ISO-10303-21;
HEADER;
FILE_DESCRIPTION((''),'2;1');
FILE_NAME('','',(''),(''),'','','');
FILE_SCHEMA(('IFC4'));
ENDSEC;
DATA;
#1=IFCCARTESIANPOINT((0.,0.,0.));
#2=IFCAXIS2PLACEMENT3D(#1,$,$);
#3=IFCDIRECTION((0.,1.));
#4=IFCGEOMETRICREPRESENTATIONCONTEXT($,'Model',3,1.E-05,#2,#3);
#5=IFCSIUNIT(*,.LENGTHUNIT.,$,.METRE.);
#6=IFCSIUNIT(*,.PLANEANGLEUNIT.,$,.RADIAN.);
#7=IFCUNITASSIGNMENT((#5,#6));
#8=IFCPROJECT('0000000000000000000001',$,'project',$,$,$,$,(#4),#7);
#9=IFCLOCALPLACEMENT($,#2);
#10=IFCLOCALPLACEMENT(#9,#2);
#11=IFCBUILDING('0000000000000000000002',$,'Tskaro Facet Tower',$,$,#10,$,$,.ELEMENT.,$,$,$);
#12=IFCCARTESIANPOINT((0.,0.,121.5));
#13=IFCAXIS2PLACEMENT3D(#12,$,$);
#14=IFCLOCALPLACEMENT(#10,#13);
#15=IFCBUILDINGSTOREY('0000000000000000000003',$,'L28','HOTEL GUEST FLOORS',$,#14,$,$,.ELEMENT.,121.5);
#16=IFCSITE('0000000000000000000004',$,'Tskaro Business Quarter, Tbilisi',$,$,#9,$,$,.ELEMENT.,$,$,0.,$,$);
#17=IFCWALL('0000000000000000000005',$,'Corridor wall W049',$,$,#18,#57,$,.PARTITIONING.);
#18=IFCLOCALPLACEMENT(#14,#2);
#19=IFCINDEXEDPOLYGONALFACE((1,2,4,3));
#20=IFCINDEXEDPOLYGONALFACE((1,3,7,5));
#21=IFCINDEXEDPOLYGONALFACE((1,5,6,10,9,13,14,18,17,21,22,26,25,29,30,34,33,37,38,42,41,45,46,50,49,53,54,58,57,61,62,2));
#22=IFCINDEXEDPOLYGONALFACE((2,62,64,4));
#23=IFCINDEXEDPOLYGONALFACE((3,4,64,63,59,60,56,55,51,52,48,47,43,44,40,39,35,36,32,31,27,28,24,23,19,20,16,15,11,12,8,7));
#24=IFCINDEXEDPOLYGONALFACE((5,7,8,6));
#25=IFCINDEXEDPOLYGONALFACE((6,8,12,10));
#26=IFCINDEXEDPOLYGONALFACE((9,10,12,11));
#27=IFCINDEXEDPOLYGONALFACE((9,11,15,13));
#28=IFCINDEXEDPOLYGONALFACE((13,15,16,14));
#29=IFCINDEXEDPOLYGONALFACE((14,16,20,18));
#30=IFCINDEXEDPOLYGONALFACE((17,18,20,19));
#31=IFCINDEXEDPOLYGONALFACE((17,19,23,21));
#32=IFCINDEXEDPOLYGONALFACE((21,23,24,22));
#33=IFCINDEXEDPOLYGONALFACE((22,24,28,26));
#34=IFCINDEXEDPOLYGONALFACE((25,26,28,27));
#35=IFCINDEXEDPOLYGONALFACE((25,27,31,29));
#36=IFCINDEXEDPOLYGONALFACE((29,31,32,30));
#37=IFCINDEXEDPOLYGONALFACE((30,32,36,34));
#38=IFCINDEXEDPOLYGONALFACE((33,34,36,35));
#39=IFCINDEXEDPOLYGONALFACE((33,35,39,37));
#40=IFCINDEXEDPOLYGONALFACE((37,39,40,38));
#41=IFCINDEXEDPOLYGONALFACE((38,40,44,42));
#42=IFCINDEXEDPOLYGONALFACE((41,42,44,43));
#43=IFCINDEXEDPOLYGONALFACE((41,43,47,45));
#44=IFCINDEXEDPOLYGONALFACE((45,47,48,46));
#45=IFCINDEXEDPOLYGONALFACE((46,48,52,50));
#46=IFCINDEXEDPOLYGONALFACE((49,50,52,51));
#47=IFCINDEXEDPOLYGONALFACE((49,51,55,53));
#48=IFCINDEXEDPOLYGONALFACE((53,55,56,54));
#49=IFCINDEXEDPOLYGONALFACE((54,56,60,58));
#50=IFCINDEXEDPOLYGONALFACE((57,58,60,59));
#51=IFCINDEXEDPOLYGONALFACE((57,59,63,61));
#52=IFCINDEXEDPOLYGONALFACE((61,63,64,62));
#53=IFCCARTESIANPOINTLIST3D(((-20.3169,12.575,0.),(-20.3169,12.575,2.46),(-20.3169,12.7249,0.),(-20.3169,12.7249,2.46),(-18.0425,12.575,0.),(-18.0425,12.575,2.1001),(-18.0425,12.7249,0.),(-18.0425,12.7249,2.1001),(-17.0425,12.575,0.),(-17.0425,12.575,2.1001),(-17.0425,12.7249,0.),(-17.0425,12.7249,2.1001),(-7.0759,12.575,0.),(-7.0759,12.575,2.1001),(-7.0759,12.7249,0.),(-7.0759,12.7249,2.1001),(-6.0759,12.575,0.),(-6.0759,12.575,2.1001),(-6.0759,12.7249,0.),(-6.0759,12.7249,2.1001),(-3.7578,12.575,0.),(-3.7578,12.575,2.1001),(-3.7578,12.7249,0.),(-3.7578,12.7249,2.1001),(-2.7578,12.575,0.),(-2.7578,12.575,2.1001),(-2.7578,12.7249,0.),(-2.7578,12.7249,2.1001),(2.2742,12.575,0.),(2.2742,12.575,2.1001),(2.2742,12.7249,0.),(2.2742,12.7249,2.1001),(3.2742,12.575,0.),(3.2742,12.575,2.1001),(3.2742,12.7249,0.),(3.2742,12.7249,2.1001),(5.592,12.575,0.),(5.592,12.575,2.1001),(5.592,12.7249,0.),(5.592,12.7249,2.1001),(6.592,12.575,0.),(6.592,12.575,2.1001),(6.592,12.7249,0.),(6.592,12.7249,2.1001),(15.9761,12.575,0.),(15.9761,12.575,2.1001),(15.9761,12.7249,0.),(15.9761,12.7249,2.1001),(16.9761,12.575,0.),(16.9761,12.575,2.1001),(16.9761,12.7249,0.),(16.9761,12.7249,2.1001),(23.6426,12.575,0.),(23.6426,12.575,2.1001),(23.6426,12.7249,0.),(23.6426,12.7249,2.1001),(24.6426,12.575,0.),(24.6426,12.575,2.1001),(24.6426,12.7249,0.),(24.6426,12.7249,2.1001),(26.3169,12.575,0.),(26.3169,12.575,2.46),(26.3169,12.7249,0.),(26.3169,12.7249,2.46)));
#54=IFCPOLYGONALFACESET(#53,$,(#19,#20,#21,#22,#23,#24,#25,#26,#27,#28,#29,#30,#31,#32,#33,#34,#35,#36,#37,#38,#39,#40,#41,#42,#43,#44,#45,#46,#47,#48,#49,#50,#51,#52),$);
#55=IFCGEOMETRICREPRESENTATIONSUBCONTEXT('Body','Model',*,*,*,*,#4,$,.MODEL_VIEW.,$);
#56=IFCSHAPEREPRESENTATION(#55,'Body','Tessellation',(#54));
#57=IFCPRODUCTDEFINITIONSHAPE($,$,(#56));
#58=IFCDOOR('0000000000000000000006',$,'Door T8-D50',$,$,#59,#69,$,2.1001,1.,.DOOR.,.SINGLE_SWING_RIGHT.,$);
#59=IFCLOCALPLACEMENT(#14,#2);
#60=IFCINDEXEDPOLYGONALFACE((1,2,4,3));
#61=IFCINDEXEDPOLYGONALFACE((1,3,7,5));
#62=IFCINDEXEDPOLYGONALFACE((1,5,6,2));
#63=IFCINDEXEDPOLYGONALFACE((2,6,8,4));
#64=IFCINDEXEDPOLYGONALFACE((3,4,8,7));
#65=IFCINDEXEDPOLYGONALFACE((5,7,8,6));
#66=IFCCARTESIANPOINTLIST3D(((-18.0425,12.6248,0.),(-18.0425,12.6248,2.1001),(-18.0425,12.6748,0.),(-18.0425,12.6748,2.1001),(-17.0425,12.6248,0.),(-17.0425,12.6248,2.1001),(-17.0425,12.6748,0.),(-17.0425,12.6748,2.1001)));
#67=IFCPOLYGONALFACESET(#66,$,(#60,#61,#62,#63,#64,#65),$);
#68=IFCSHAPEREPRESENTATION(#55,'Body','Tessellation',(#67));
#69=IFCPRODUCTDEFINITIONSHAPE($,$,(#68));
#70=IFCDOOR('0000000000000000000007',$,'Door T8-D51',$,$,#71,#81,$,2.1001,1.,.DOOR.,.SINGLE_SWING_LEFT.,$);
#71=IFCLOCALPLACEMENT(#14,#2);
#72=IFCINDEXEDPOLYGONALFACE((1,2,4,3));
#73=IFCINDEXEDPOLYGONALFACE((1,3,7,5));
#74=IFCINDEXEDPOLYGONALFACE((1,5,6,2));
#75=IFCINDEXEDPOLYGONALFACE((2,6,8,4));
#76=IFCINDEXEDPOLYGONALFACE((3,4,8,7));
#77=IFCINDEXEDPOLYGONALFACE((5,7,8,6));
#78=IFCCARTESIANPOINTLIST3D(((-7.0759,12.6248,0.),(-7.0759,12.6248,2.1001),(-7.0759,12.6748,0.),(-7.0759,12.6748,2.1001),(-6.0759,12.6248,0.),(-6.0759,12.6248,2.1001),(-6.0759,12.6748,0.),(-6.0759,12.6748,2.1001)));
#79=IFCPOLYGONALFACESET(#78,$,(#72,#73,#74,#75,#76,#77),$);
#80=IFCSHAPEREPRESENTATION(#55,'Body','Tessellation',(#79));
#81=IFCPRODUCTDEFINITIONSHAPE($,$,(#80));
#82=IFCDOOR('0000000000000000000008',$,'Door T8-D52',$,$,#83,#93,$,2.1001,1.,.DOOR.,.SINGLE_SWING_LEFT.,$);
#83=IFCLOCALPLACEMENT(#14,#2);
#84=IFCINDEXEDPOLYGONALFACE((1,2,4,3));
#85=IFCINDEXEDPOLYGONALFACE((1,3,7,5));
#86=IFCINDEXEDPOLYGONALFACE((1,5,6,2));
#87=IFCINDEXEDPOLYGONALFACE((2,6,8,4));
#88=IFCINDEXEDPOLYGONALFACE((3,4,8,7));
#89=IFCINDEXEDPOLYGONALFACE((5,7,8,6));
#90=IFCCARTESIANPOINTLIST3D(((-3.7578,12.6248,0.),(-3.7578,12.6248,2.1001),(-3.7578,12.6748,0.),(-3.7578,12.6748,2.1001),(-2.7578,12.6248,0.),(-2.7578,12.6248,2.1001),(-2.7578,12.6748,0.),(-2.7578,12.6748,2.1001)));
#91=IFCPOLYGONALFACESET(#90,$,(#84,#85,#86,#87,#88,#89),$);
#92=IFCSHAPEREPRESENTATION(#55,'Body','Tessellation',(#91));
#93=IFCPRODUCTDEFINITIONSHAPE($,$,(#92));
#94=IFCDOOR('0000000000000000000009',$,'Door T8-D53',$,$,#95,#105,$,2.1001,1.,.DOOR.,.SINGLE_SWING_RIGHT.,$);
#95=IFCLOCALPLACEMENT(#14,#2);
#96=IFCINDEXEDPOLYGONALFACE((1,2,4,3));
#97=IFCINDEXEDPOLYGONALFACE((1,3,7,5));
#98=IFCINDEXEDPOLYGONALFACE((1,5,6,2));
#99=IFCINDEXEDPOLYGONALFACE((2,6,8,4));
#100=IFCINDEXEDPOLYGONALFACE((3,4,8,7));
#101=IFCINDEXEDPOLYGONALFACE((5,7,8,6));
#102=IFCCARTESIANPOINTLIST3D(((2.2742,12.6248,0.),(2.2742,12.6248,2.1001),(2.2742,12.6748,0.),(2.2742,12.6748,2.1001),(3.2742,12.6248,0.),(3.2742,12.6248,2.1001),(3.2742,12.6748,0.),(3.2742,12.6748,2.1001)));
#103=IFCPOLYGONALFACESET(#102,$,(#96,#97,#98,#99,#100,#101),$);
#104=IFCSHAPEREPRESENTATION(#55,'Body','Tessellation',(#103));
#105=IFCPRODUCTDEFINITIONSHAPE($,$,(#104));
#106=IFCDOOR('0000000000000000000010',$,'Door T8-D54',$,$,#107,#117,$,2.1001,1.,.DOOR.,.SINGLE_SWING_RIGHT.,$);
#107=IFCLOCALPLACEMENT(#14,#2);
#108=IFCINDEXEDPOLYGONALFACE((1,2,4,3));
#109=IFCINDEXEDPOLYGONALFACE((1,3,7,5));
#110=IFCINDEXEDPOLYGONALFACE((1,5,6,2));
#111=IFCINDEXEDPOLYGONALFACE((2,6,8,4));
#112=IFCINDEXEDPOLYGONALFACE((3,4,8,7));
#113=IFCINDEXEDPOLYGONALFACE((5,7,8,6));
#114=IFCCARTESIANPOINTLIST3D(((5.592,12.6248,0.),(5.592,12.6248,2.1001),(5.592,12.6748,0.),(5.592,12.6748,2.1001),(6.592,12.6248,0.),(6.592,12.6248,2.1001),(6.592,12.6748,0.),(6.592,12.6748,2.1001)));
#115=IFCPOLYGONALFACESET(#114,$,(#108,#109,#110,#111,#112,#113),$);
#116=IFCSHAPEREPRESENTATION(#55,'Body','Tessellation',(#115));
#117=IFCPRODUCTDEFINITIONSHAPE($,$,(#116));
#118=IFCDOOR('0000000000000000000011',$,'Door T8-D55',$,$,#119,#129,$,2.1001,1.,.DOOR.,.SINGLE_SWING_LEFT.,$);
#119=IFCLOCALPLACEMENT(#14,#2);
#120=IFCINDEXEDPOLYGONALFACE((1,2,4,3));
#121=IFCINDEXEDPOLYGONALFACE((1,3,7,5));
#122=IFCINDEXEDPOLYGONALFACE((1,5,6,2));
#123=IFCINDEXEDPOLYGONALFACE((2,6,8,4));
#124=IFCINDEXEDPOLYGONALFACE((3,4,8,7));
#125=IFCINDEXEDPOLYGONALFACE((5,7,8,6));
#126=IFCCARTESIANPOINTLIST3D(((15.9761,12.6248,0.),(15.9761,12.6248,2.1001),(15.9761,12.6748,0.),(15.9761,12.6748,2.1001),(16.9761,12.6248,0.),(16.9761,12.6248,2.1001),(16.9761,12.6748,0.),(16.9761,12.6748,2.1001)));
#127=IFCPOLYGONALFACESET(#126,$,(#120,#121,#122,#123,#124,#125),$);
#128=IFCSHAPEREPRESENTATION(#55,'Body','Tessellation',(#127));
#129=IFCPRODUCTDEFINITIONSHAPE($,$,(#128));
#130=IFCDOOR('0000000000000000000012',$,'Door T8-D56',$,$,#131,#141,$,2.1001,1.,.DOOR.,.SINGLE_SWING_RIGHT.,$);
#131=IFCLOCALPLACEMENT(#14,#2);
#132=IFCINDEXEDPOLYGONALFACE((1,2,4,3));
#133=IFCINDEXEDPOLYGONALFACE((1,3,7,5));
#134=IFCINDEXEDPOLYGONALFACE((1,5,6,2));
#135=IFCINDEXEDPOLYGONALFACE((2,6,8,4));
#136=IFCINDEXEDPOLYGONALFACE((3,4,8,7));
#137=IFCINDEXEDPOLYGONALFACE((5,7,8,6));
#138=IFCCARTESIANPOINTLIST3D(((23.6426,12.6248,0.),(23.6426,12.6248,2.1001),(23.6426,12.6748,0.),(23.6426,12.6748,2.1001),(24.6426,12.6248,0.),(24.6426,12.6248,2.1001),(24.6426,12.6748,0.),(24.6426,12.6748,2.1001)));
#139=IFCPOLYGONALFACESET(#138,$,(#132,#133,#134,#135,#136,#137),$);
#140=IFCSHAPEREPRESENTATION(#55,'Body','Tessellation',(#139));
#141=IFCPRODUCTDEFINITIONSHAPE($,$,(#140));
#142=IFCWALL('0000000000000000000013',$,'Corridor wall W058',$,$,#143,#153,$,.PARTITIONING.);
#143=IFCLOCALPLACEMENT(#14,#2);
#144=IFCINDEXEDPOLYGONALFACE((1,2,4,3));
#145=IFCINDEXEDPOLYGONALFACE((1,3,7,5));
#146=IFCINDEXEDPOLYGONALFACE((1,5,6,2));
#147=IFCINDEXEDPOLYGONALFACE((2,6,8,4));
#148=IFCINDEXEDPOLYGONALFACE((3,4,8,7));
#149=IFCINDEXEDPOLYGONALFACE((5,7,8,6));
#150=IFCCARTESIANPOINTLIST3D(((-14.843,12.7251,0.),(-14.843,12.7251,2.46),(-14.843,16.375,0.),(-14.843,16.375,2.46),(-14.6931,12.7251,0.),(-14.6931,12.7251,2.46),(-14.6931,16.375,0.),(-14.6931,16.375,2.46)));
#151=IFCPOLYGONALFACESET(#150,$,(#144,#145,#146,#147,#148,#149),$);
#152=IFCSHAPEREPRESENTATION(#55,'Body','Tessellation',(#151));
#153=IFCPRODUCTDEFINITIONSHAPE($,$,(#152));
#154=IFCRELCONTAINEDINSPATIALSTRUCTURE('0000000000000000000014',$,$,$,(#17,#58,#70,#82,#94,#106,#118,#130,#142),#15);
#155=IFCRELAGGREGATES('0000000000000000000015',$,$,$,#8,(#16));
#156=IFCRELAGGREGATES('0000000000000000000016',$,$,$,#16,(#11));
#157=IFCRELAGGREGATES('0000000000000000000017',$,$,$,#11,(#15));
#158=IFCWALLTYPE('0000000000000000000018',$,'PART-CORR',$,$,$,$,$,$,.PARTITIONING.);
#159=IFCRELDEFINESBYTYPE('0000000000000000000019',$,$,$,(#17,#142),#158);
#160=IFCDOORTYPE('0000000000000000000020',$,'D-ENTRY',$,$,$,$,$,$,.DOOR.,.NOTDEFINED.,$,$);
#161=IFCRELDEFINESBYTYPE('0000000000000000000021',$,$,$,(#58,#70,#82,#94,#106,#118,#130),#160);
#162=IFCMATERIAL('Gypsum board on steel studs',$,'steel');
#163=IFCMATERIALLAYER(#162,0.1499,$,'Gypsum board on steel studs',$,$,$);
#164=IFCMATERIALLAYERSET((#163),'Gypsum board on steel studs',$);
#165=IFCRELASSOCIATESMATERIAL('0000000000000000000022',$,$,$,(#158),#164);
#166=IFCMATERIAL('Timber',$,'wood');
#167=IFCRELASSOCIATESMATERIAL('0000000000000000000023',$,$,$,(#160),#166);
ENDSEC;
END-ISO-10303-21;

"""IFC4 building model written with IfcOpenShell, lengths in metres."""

from ifc_helpers import new_model, si_unit, direction, frame, frame_2d, origin, place, context, subcontext, project, spatial, rectangle, extrude, material, layer, layer_set, type_object, element, fill, save


model = new_model("IFC4")

# Units and contexts
model_context = context("Model", 3, precision=1e-05, world=origin(), true_north=direction((0.0, 1.0)))
body_context = subcontext(model_context, "Body", "Model", "MODEL_VIEW")
ifc_project = project(units=[si_unit("LENGTHUNIT", "METRE"), si_unit("PLANEANGLEUNIT", "RADIAN")], contexts=[model_context])

# Site, building, storey
site_placement = place(None, origin())
site = spatial("IfcSite", under=ifc_project, at=site_placement, Name="Tskaro Business Quarter, Tbilisi", CompositionType="ELEMENT", RefElevation=0.0)
building_placement = place(site_placement, origin())
building = spatial("IfcBuilding", under=site, at=building_placement, Name="Tskaro Facet Tower", CompositionType="ELEMENT")
storey_placement = place(building_placement, frame((0.0, 0.0, 121.5)))
storey = spatial("IfcBuildingStorey", under=building, at=storey_placement, Name="L28", Description="HOTEL GUEST FLOORS", CompositionType="ELEMENT", Elevation=121.5)

# Shared definitions
ifc_material_1 = material(Name="Gypsum board on steel studs", Category="steel")
ifc_layer_1 = layer(ifc_material_1, 0.1499, Name="Gypsum board on steel studs")
ifc_layer_set_1 = layer_set([ifc_layer_1], Name="Gypsum board on steel studs")
wall_type = type_object("IfcWallType", Name="PART-CORR", PredefinedType="PARTITIONING", material=ifc_layer_set_1)
ifc_material_2 = material(Name="Timber", Category="wood")

# Wall, openings, doors
wall_1_placement = place(storey_placement, frame((-20.3169, 12.6499, 0.0), z_axis=(0.0, 0.0, 1.0), x_axis=(1.0, 0.0, 0.0)))
wall_1 = element("IfcWall", 1, at=wall_1_placement, inside=storey, type_object=wall_type, Name="Corridor wall W049", PredefinedType="PARTITIONING", context=body_context, shape_type="SweptSolid", body=[
    extrude(rectangle(XDim=46.6338, YDim=0.1499, at=frame_2d((23.3169, 0.0))), origin(), (0.0, 0.0, 1.0), 2.46),
])
opening_1_placement = place(wall_1_placement, frame((2.2744, 0.0, 0.0)))
opening_1 = element("IfcOpeningElement", 2, at=opening_1_placement, cuts=wall_1, PredefinedType="OPENING", context=body_context, shape_type="SweptSolid", body=[
    extrude(rectangle(XDim=1.0, YDim=2.1001, at=frame_2d((0.5, 1.05))), frame((0.0, 0.085, 0.0), z_axis=(0.0, -1.0, 0.0), x_axis=(1.0, 0.0, 0.0)), (0.0, 0.0, 1.0), 0.1699),
])
opening_2_placement = place(wall_1_placement, frame((13.241, 0.0, 0.0)))
opening_2 = element("IfcOpeningElement", 3, at=opening_2_placement, cuts=wall_1, PredefinedType="OPENING", context=body_context, shape_type="SweptSolid", body=[
    extrude(rectangle(XDim=1.0, YDim=2.1001, at=frame_2d((0.5, 1.05))), frame((0.0, 0.085, 0.0), z_axis=(0.0, -1.0, 0.0), x_axis=(1.0, 0.0, 0.0)), (0.0, 0.0, 1.0), 0.1699),
])
opening_3_placement = place(wall_1_placement, frame((16.5591, 0.0, 0.0)))
opening_3 = element("IfcOpeningElement", 4, at=opening_3_placement, cuts=wall_1, PredefinedType="OPENING", context=body_context, shape_type="SweptSolid", body=[
    extrude(rectangle(XDim=1.0, YDim=2.1001, at=frame_2d((0.5, 1.05))), frame((0.0, 0.085, 0.0), z_axis=(0.0, -1.0, 0.0), x_axis=(1.0, 0.0, 0.0)), (0.0, 0.0, 1.0), 0.1699),
])
opening_4_placement = place(wall_1_placement, frame((22.5911, 0.0, 0.0)))
opening_4 = element("IfcOpeningElement", 5, at=opening_4_placement, cuts=wall_1, PredefinedType="OPENING", context=body_context, shape_type="SweptSolid", body=[
    extrude(rectangle(XDim=1.0, YDim=2.1001, at=frame_2d((0.5, 1.05))), frame((0.0, 0.085, 0.0), z_axis=(0.0, -1.0, 0.0), x_axis=(1.0, 0.0, 0.0)), (0.0, 0.0, 1.0), 0.1699),
])
opening_5_placement = place(wall_1_placement, frame((25.9089, 0.0, 0.0)))
opening_5 = element("IfcOpeningElement", 6, at=opening_5_placement, cuts=wall_1, PredefinedType="OPENING", context=body_context, shape_type="SweptSolid", body=[
    extrude(rectangle(XDim=1.0, YDim=2.1001, at=frame_2d((0.5, 1.05))), frame((0.0, 0.085, 0.0), z_axis=(0.0, -1.0, 0.0), x_axis=(1.0, 0.0, 0.0)), (0.0, 0.0, 1.0), 0.1699),
])
opening_6_placement = place(wall_1_placement, frame((36.293, 0.0, 0.0)))
opening_6 = element("IfcOpeningElement", 7, at=opening_6_placement, cuts=wall_1, PredefinedType="OPENING", context=body_context, shape_type="SweptSolid", body=[
    extrude(rectangle(XDim=1.0, YDim=2.1001, at=frame_2d((0.5, 1.05))), frame((0.0, 0.085, 0.0), z_axis=(0.0, -1.0, 0.0), x_axis=(1.0, 0.0, 0.0)), (0.0, 0.0, 1.0), 0.1699),
])
opening_7_placement = place(wall_1_placement, frame((43.9595, 0.0, 0.0)))
opening_7 = element("IfcOpeningElement", 8, at=opening_7_placement, cuts=wall_1, PredefinedType="OPENING", context=body_context, shape_type="SweptSolid", body=[
    extrude(rectangle(XDim=1.0, YDim=2.1001, at=frame_2d((0.5, 1.05))), frame((0.0, 0.085, 0.0), z_axis=(0.0, -1.0, 0.0), x_axis=(1.0, 0.0, 0.0)), (0.0, 0.0, 1.0), 0.1699),
])
door_type_1 = type_object("IfcDoorType", Name="D-ENTRY", OperationType="NOTDEFINED", PredefinedType="DOOR", material=ifc_material_2)
door_1_placement = place(opening_1_placement, origin())
door_1 = element("IfcDoor", 9, at=door_1_placement, inside=storey, type_object=door_type_1, Name="Door T8-D50", OperationType="SINGLE_SWING_RIGHT", OverallHeight=2.1001, OverallWidth=1.0, PredefinedType="DOOR", context=body_context, shape_type="SweptSolid", body=[
    extrude(rectangle(XDim=1.0, YDim=2.1001, at=frame_2d((0.5, 1.05))), frame((0.0, 0.0249, 0.0), z_axis=(0.0, -1.0, 0.0), x_axis=(1.0, 0.0, 0.0)), (0.0, 0.0, 1.0), 0.05),
])
fill(opening_1, door_1)
door_2_placement = place(opening_2_placement, origin())
door_2 = element("IfcDoor", 10, at=door_2_placement, inside=storey, type_object=door_type_1, Name="Door T8-D51", OperationType="SINGLE_SWING_LEFT", OverallHeight=2.1001, OverallWidth=1.0, PredefinedType="DOOR", context=body_context, shape_type="SweptSolid", body=[
    extrude(rectangle(XDim=1.0, YDim=2.1001, at=frame_2d((0.5, 1.05))), frame((0.0, 0.0249, 0.0), z_axis=(0.0, -1.0, 0.0), x_axis=(1.0, 0.0, 0.0)), (0.0, 0.0, 1.0), 0.05),
])
fill(opening_2, door_2)
door_3_placement = place(opening_3_placement, origin())
door_3 = element("IfcDoor", 11, at=door_3_placement, inside=storey, type_object=door_type_1, Name="Door T8-D52", OperationType="SINGLE_SWING_LEFT", OverallHeight=2.1001, OverallWidth=1.0, PredefinedType="DOOR", context=body_context, shape_type="SweptSolid", body=[
    extrude(rectangle(XDim=1.0, YDim=2.1001, at=frame_2d((0.5, 1.05))), frame((0.0, 0.0249, 0.0), z_axis=(0.0, -1.0, 0.0), x_axis=(1.0, 0.0, 0.0)), (0.0, 0.0, 1.0), 0.05),
])
fill(opening_3, door_3)
door_4_placement = place(opening_4_placement, origin())
door_4 = element("IfcDoor", 12, at=door_4_placement, inside=storey, type_object=door_type_1, Name="Door T8-D53", OperationType="SINGLE_SWING_RIGHT", OverallHeight=2.1001, OverallWidth=1.0, PredefinedType="DOOR", context=body_context, shape_type="SweptSolid", body=[
    extrude(rectangle(XDim=1.0, YDim=2.1001, at=frame_2d((0.5, 1.05))), frame((0.0, 0.0249, 0.0), z_axis=(0.0, -1.0, 0.0), x_axis=(1.0, 0.0, 0.0)), (0.0, 0.0, 1.0), 0.05),
])
fill(opening_4, door_4)
door_5_placement = place(opening_5_placement, origin())
door_5 = element("IfcDoor", 13, at=door_5_placement, inside=storey, type_object=door_type_1, Name="Door T8-D54", OperationType="SINGLE_SWING_RIGHT", OverallHeight=2.1001, OverallWidth=1.0, PredefinedType="DOOR", context=body_context, shape_type="SweptSolid", body=[
    extrude(rectangle(XDim=1.0, YDim=2.1001, at=frame_2d((0.5, 1.05))), frame((0.0, 0.0249, 0.0), z_axis=(0.0, -1.0, 0.0), x_axis=(1.0, 0.0, 0.0)), (0.0, 0.0, 1.0), 0.05),
])
fill(opening_5, door_5)
door_6_placement = place(opening_6_placement, origin())
door_6 = element("IfcDoor", 14, at=door_6_placement, inside=storey, type_object=door_type_1, Name="Door T8-D55", OperationType="SINGLE_SWING_LEFT", OverallHeight=2.1001, OverallWidth=1.0, PredefinedType="DOOR", context=body_context, shape_type="SweptSolid", body=[
    extrude(rectangle(XDim=1.0, YDim=2.1001, at=frame_2d((0.5, 1.05))), frame((0.0, 0.0249, 0.0), z_axis=(0.0, -1.0, 0.0), x_axis=(1.0, 0.0, 0.0)), (0.0, 0.0, 1.0), 0.05),
])
fill(opening_6, door_6)
door_7_placement = place(opening_7_placement, origin())
door_7 = element("IfcDoor", 15, at=door_7_placement, inside=storey, type_object=door_type_1, Name="Door T8-D56", OperationType="SINGLE_SWING_RIGHT", OverallHeight=2.1001, OverallWidth=1.0, PredefinedType="DOOR", context=body_context, shape_type="SweptSolid", body=[
    extrude(rectangle(XDim=1.0, YDim=2.1001, at=frame_2d((0.5, 1.05))), frame((0.0, 0.0249, 0.0), z_axis=(0.0, -1.0, 0.0), x_axis=(1.0, 0.0, 0.0)), (0.0, 0.0, 1.0), 0.05),
])
fill(opening_7, door_7)

# Wall
wall_2_placement = place(storey_placement, frame((-14.7681, 12.7251, 0.0), z_axis=(0.0, 0.0, 1.0), x_axis=(0.0, 1.0, 0.0)))
element("IfcWall", 16, at=wall_2_placement, inside=storey, type_object=wall_type, Name="Corridor wall W058", PredefinedType="PARTITIONING", context=body_context, shape_type="SweptSolid", body=[
    extrude(rectangle(XDim=3.6499, YDim=0.1499, at=frame_2d((1.825, 0.0))), origin(), (0.0, 0.0, 1.0), 2.46),
])

save(model, "model.ifc")
